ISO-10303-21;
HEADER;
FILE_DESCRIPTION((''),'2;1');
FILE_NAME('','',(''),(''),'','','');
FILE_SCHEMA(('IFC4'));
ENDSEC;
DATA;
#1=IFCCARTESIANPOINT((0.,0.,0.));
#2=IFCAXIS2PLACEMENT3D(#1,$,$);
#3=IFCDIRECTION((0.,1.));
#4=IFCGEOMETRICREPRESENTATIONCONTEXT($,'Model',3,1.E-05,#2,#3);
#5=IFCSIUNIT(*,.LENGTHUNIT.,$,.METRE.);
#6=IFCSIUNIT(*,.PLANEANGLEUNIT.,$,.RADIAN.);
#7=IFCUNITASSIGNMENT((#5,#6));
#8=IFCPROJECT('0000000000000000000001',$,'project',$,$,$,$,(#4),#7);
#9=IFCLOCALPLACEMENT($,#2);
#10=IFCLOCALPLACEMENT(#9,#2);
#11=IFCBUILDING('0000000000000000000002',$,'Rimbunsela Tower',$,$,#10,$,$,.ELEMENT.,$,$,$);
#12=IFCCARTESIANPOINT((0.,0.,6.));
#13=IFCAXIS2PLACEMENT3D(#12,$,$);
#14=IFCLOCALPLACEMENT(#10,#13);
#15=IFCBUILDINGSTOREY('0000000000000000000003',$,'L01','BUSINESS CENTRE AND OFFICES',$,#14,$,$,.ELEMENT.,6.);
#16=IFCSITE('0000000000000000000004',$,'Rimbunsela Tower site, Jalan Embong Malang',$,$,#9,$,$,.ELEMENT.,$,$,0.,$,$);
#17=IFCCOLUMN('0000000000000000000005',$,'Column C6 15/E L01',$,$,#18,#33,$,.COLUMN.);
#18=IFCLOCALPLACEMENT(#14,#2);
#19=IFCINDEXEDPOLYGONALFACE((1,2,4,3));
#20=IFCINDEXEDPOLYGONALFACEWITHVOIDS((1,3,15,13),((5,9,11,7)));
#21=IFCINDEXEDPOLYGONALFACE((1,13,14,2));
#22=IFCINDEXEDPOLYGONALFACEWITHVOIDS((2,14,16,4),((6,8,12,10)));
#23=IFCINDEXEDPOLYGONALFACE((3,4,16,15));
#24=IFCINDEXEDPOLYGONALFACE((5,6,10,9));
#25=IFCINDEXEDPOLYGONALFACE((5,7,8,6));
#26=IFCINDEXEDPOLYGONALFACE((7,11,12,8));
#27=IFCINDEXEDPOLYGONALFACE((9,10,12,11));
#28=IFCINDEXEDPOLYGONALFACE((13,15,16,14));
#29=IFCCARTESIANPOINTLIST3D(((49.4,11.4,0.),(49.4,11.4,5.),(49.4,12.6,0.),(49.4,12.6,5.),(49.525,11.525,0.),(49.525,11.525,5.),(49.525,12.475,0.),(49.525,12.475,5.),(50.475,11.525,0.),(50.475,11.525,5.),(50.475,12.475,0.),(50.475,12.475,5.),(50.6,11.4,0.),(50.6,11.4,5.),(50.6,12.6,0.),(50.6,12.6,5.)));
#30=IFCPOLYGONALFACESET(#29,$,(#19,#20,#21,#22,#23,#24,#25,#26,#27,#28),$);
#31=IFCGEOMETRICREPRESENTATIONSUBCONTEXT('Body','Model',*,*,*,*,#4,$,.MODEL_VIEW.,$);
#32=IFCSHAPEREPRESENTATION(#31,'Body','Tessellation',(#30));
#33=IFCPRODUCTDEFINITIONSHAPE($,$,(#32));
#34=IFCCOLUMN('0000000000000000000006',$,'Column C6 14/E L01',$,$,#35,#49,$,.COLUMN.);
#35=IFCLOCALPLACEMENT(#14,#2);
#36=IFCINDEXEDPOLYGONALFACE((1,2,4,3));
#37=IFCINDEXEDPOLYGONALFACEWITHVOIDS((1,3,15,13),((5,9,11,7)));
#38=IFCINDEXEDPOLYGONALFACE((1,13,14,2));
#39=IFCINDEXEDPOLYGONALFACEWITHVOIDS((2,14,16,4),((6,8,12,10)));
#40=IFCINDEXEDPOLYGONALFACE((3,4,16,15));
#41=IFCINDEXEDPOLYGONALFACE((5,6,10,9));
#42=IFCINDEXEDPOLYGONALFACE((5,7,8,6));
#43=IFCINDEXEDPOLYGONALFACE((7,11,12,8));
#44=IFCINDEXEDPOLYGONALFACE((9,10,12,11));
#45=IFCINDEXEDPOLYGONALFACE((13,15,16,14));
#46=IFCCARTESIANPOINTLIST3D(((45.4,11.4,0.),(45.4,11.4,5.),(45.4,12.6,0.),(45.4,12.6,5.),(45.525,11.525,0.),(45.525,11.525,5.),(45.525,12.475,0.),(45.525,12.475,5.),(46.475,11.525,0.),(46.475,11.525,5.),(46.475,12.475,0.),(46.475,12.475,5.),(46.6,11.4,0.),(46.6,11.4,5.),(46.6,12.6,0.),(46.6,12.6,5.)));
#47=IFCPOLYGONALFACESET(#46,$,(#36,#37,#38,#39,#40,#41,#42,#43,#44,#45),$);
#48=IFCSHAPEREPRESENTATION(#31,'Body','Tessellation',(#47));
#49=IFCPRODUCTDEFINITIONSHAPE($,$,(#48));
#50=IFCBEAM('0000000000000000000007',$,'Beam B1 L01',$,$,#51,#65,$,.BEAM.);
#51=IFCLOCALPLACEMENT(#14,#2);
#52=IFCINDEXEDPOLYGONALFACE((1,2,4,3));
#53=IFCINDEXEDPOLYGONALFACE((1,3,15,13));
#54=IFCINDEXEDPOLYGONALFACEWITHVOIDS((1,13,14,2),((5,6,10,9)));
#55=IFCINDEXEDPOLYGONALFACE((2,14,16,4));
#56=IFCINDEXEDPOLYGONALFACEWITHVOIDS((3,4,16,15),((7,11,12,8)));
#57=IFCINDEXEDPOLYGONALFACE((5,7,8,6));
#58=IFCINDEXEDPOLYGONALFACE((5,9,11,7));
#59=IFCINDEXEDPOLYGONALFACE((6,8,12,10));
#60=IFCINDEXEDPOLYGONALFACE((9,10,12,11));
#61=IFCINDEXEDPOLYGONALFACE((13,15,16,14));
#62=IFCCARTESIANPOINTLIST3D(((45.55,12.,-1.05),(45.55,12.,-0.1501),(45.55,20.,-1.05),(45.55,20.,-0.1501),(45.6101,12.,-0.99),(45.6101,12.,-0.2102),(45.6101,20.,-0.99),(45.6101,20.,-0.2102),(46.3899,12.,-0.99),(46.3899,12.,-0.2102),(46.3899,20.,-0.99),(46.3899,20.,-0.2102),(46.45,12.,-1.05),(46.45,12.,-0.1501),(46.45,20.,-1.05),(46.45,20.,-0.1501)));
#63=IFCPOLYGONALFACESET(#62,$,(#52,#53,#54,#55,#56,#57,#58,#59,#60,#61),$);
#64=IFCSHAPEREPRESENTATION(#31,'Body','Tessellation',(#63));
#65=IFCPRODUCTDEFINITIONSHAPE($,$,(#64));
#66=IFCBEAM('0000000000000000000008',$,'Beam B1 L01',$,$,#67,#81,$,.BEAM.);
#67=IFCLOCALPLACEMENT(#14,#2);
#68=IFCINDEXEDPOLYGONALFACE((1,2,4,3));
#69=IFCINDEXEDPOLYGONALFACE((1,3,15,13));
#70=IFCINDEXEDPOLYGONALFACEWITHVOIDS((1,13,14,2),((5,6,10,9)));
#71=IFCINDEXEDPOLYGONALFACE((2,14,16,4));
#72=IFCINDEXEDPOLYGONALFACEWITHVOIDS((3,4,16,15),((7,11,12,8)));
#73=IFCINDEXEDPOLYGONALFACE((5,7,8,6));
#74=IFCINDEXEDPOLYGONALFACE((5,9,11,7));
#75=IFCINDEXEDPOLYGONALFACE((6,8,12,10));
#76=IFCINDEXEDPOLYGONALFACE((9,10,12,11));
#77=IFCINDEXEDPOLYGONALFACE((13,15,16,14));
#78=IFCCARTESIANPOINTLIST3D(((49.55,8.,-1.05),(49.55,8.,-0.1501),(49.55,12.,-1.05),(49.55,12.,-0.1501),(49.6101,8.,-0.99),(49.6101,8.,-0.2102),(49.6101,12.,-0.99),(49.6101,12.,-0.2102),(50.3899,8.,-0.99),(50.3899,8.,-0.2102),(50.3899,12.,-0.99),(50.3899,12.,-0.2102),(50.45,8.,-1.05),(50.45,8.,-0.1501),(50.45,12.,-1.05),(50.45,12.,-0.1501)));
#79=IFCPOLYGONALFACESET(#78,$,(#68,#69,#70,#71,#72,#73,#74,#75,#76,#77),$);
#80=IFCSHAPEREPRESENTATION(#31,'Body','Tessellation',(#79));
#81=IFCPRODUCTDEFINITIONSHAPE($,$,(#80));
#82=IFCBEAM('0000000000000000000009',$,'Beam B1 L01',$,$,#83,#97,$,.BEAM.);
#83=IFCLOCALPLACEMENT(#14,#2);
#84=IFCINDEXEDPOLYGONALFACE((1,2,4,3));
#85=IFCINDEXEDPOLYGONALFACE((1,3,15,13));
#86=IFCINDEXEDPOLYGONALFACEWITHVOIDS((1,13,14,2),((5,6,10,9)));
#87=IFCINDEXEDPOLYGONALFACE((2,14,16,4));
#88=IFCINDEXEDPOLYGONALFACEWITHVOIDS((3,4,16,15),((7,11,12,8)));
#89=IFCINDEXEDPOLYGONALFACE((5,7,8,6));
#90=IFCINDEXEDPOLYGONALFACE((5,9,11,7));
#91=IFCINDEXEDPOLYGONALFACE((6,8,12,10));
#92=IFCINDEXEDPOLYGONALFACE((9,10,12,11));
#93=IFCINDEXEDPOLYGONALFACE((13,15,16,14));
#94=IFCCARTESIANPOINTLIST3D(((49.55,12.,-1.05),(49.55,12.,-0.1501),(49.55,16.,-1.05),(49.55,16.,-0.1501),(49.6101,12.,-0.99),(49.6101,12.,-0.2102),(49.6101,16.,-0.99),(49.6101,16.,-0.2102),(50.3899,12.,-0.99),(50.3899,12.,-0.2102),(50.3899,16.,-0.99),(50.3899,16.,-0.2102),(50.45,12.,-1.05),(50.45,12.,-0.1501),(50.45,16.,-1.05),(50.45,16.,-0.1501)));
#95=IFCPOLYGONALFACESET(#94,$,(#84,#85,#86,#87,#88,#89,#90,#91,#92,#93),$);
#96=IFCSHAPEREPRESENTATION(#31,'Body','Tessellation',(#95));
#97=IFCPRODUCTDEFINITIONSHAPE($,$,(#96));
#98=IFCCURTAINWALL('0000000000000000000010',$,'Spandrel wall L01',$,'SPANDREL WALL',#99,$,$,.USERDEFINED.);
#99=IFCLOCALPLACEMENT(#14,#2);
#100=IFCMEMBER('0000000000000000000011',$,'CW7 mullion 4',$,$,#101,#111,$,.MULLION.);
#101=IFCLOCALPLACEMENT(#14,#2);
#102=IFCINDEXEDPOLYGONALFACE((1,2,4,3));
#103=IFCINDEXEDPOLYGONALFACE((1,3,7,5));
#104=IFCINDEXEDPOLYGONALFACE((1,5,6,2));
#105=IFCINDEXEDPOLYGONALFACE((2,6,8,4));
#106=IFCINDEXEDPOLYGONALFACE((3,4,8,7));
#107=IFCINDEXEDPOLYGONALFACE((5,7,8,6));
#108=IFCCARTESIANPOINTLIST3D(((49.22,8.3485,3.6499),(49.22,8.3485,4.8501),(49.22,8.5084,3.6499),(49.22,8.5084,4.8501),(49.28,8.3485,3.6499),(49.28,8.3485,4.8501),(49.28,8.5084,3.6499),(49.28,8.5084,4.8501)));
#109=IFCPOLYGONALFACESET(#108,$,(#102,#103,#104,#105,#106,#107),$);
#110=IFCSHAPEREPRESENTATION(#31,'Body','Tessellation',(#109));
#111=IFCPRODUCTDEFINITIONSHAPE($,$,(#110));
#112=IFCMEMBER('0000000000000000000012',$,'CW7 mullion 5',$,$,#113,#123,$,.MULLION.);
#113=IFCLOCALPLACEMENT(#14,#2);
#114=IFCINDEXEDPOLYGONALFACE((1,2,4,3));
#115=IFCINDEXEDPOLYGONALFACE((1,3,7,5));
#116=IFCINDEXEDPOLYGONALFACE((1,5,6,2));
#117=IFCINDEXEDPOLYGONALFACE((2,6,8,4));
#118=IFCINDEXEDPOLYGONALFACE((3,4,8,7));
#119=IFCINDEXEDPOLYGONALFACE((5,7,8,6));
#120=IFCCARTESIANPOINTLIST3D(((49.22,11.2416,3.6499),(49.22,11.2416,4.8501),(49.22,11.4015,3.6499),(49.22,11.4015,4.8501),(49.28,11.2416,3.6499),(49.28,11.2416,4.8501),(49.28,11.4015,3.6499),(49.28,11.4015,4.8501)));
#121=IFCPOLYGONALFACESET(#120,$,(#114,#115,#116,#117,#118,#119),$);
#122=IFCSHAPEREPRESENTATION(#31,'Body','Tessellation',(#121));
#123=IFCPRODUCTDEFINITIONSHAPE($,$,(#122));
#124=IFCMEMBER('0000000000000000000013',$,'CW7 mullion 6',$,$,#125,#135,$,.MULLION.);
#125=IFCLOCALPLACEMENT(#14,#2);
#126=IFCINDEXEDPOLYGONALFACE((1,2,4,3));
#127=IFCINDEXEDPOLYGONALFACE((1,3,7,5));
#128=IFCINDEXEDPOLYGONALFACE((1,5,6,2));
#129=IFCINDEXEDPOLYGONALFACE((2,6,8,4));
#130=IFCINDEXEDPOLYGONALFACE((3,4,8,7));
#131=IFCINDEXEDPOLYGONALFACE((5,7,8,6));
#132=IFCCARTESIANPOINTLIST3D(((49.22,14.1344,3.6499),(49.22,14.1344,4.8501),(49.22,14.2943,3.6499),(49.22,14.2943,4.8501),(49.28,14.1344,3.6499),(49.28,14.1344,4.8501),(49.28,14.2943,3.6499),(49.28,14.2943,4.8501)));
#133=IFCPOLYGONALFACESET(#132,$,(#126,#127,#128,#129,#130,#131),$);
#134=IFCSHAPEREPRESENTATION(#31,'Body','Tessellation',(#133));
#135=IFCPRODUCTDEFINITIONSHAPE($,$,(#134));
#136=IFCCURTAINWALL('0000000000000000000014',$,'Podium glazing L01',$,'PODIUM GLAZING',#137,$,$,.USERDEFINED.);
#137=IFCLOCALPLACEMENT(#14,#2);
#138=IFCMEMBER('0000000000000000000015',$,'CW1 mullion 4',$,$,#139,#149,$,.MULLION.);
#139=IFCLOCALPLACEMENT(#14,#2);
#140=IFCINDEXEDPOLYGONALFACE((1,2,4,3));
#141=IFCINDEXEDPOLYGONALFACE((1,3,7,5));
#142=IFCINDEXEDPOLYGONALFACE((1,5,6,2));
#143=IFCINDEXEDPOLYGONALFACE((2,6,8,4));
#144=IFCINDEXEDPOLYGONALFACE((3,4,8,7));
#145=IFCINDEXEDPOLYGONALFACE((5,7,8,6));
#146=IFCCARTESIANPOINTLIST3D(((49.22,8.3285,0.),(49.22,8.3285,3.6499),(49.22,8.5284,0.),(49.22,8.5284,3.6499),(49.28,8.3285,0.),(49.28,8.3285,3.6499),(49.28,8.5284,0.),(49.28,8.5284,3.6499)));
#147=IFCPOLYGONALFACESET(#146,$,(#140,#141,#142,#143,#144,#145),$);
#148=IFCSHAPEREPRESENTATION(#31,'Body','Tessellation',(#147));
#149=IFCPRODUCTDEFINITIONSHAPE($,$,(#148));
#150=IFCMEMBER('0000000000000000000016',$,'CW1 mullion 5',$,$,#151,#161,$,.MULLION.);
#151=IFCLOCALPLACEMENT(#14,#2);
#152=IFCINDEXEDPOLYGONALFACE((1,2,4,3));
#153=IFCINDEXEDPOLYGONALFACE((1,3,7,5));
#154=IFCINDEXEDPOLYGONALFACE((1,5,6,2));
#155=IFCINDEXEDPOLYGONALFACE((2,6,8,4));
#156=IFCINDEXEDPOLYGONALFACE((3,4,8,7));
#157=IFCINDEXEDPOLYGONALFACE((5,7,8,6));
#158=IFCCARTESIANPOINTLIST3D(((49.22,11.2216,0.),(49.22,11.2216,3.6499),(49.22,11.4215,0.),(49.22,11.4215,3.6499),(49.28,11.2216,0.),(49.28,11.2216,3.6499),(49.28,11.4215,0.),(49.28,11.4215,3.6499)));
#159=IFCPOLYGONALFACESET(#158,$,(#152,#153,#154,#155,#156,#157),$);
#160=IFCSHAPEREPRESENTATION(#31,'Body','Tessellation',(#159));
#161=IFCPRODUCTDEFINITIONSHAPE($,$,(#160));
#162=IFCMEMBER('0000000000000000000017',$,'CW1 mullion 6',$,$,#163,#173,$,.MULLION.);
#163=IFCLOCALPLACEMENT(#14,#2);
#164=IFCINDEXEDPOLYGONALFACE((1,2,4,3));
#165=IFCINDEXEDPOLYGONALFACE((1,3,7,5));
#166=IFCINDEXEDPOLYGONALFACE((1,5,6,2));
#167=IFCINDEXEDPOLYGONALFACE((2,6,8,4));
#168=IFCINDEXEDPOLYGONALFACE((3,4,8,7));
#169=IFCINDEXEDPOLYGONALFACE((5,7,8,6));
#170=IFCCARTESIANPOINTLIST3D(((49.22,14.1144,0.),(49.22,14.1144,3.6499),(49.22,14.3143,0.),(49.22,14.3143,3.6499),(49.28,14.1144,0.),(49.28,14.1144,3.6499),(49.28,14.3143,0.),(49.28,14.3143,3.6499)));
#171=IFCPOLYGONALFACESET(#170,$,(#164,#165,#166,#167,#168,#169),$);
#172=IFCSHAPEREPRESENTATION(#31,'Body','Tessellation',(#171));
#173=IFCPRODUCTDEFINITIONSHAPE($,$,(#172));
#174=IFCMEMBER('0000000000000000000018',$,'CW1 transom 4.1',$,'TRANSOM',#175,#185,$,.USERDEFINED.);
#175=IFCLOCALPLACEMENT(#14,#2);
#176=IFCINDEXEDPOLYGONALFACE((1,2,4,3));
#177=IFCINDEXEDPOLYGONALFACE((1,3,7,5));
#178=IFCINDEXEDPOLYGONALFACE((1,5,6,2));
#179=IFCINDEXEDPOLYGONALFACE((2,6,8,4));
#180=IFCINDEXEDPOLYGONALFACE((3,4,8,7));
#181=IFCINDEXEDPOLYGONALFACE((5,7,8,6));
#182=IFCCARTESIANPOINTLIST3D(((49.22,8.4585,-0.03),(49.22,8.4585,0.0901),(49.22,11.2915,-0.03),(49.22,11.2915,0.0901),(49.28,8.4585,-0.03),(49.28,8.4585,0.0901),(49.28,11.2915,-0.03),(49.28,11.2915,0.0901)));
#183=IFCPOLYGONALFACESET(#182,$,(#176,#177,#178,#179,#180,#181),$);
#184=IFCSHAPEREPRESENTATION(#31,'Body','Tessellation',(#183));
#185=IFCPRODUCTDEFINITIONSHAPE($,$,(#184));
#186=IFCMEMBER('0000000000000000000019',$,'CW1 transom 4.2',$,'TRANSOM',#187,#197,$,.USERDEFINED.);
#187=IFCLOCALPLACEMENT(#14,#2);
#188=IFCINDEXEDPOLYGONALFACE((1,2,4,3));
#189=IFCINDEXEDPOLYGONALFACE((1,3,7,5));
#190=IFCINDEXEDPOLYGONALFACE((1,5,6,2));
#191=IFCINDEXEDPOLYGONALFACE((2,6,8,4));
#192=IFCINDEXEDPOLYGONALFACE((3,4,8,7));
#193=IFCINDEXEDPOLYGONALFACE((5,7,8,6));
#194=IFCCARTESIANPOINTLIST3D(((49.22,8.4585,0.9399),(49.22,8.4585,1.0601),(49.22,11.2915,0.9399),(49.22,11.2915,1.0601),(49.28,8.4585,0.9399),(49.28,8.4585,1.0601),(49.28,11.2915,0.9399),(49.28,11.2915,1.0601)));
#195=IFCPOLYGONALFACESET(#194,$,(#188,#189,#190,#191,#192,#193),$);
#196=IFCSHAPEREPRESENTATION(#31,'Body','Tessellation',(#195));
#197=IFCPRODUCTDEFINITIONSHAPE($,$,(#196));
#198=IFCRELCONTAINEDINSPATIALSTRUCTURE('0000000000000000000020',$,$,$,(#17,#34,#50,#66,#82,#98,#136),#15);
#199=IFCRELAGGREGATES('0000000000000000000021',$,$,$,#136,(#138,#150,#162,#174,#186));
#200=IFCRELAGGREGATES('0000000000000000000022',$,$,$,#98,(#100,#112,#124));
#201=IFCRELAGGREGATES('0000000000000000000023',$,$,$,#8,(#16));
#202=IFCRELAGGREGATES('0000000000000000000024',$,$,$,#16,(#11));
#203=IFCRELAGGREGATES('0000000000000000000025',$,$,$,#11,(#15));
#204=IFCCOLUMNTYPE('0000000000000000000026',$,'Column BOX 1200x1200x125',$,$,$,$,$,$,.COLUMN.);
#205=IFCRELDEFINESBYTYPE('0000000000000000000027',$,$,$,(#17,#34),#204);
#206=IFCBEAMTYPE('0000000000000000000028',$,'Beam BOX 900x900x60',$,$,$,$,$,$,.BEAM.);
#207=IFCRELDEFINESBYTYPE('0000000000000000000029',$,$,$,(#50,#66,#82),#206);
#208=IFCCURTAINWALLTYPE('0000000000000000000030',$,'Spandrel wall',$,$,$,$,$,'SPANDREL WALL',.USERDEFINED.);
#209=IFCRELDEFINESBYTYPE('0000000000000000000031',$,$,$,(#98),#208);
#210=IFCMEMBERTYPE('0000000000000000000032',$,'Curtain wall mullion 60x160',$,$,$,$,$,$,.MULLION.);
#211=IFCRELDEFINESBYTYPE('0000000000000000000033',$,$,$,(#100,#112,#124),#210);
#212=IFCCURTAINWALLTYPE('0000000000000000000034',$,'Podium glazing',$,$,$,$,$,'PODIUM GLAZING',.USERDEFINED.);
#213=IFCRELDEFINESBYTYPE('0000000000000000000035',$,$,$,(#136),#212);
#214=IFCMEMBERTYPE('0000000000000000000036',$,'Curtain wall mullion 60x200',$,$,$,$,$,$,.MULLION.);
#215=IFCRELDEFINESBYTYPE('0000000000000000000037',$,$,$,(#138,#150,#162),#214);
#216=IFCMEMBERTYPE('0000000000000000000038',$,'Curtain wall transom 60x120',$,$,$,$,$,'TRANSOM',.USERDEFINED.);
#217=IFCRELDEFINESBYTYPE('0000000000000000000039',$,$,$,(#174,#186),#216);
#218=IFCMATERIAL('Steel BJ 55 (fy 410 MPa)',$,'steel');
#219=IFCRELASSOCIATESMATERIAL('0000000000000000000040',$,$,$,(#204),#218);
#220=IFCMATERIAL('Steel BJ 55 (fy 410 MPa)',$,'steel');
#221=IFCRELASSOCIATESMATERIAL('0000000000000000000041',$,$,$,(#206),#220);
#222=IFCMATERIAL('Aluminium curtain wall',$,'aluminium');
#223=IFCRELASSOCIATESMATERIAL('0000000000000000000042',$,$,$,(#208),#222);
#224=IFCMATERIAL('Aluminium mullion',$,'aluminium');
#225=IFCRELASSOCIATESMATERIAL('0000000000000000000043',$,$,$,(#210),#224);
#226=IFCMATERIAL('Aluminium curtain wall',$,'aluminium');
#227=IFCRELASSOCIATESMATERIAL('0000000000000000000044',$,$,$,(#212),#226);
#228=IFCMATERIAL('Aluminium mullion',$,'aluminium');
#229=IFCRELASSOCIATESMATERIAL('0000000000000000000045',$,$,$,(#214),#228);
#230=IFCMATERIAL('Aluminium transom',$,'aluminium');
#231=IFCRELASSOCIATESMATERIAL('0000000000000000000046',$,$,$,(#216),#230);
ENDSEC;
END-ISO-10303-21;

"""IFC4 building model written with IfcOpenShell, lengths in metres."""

from ifc_helpers import new_model, si_unit, direction, frame, origin, origin_2d, place, context, subcontext, project, spatial, rectangle, hollow_rectangle, extrude, material, material_profile, profile_set, type_object, element, aggregate, save


model = new_model("IFC4")

# Units and contexts
model_context = context("Model", 3, precision=1e-05, world=origin(), true_north=direction((0.0, 1.0)))
body_context = subcontext(model_context, "Body", "Model", "MODEL_VIEW")
ifc_project = project(units=[si_unit("LENGTHUNIT", "METRE"), si_unit("PLANEANGLEUNIT", "RADIAN")], contexts=[model_context])

# Site, building, storey
site_placement = place(None, origin())
site = spatial("IfcSite", under=ifc_project, at=site_placement, Name="Rimbunsela Tower site, Jalan Embong Malang", CompositionType="ELEMENT", RefElevation=0.0)
building_placement = place(site_placement, origin())
building = spatial("IfcBuilding", under=site, at=building_placement, Name="Rimbunsela Tower", CompositionType="ELEMENT")
storey_placement = place(building_placement, frame((0.0, 0.0, 6.0)))
storey = spatial("IfcBuildingStorey", under=building, at=storey_placement, Name="L01", Description="BUSINESS CENTRE AND OFFICES", CompositionType="ELEMENT", Elevation=6.0)

# Columns
ifc_material_1 = material(Name="Steel BJ 55 (fy 410 MPa)", Category="steel")
ifc_material_profile_1 = material_profile(ifc_material_1, hollow_rectangle(XDim=1.2, YDim=1.2, WallThickness=0.125, at=origin_2d()), Name="BOX 1200x1200x125")
ifc_profile_set_1 = profile_set([ifc_material_profile_1], Name="Steel BJ 55 (fy 410 MPa)")
column_type = type_object("IfcColumnType", Name="Column BOX 1200x1200x125", PredefinedType="COLUMN", material=ifc_profile_set_1)
for number, where, z_axis, x_axis, name in (
    (1, (50.0, 12.0, 0.0), (0.0, 0.0, 1.0), (1.0, 0.0, 0.0), "Column C6 15/E L01"),
    (2, (46.0, 12.0, 0.0), (0.0, 0.0, 1.0), (1.0, 0.0, 0.0), "Column C6 14/E L01"),
):
    element("IfcColumn", number, at=place(storey_placement, frame(where, z_axis=z_axis, x_axis=x_axis)), inside=storey, type_object=column_type, Name=name, PredefinedType="COLUMN", context=body_context, shape_type="SweptSolid", body=[
        extrude(hollow_rectangle(XDim=1.2, YDim=1.2, WallThickness=0.125, at=origin_2d()), origin(), (0.0, 0.0, 1.0), 5.0),
    ])

# Beams
ifc_material_2 = material(Name="Steel BJ 55 (fy 410 MPa)", Category="steel")
ifc_material_profile_2 = material_profile(ifc_material_2, hollow_rectangle(XDim=0.8999, YDim=0.8999, WallThickness=0.0601, at=origin_2d()), Name="BOX 900x900x60")
ifc_profile_set_2 = profile_set([ifc_material_profile_2], Name="Steel BJ 55 (fy 410 MPa)")
beam_type = type_object("IfcBeamType", Name="Beam BOX 900x900x60", PredefinedType="BEAM", material=ifc_profile_set_2)
beam_placement = place(storey_placement, frame((46.0, 12.0, -0.6001), z_axis=(0.0, 1.0, 0.0), x_axis=(-1.0, 0.0, 0.0)))
element("IfcBeam", 3, at=beam_placement, inside=storey, type_object=beam_type, Name="Beam B1 L01", PredefinedType="BEAM", context=body_context, shape_type="SweptSolid", body=[
    extrude(hollow_rectangle(XDim=0.8999, YDim=0.8999, WallThickness=0.0601, at=origin_2d()), origin(), (0.0, 0.0, 1.0), 8.0),
])
for number, where, z_axis, x_axis, name in (
    (4, (50.0, 8.0, -0.6001), (0.0, 1.0, 0.0), (-1.0, 0.0, 0.0), "Beam B1 L01"),
    (5, (50.0, 12.0, -0.6001), (0.0, 1.0, 0.0), (-1.0, 0.0, 0.0), "Beam B1 L01"),
):
    element("IfcBeam", number, at=place(storey_placement, frame(where, z_axis=z_axis, x_axis=x_axis)), inside=storey, type_object=beam_type, Name=name, PredefinedType="BEAM", context=body_context, shape_type="SweptSolid", body=[
        extrude(hollow_rectangle(XDim=0.8999, YDim=0.8999, WallThickness=0.0601, at=origin_2d()), origin(), (0.0, 0.0, 1.0), 4.0),
    ])

# Curtain walls, members
ifc_material_3 = material(Name="Aluminium curtain wall", Category="aluminium")
curtain_wall_type_1 = type_object("IfcCurtainWallType", Name="Spandrel wall", ElementType="SPANDREL WALL", PredefinedType="USERDEFINED", material=ifc_material_3)
curtain_wall_1_placement = place(storey_placement, origin())
curtain_wall_1 = element("IfcCurtainWall", 6, at=curtain_wall_1_placement, inside=storey, type_object=curtain_wall_type_1, Name="Spandrel wall L01", ObjectType="SPANDREL WALL", PredefinedType="USERDEFINED")
ifc_material_4 = material(Name="Aluminium mullion", Category="aluminium")
ifc_material_profile_3 = material_profile(ifc_material_4, rectangle(XDim=0.0601, YDim=0.1599, at=origin_2d()), Name="Mullion 60x160")
ifc_profile_set_3 = profile_set([ifc_material_profile_3], Name="Aluminium mullion")
member_type_1 = type_object("IfcMemberType", Name="Curtain wall mullion 60x160", PredefinedType="MULLION", material=ifc_profile_set_3)
member_1_placement = place(storey_placement, frame((49.25, 8.4285, 3.6499), z_axis=(0.0, 0.0, 1.0), x_axis=(-1.0, 0.0, 0.0)))
member_1 = element("IfcMember", 7, at=member_1_placement, type_object=member_type_1, Name="CW7 mullion 4", PredefinedType="MULLION", context=body_context, shape_type="SweptSolid", body=[
    extrude(rectangle(XDim=0.0601, YDim=0.1599, at=origin_2d()), origin(), (0.0, 0.0, 1.0), 1.2002),
])
member_2_placement = place(storey_placement, frame((49.25, 11.3215, 3.6499), z_axis=(0.0, 0.0, 1.0), x_axis=(-1.0, 0.0, 0.0)))
member_2 = element("IfcMember", 8, at=member_2_placement, type_object=member_type_1, Name="CW7 mullion 5", PredefinedType="MULLION", context=body_context, shape_type="SweptSolid", body=[
    extrude(rectangle(XDim=0.0601, YDim=0.1599, at=origin_2d()), origin(), (0.0, 0.0, 1.0), 1.2002),
])
member_3_placement = place(storey_placement, frame((49.25, 14.2144, 3.6499), z_axis=(0.0, 0.0, 1.0), x_axis=(-1.0, 0.0, 0.0)))
member_3 = element("IfcMember", 9, at=member_3_placement, type_object=member_type_1, Name="CW7 mullion 6", PredefinedType="MULLION", context=body_context, shape_type="SweptSolid", body=[
    extrude(rectangle(XDim=0.0601, YDim=0.1599, at=origin_2d()), origin(), (0.0, 0.0, 1.0), 1.2002),
])
ifc_material_5 = material(Name="Aluminium curtain wall", Category="aluminium")
curtain_wall_type_2 = type_object("IfcCurtainWallType", Name="Podium glazing", ElementType="PODIUM GLAZING", PredefinedType="USERDEFINED", material=ifc_material_5)
curtain_wall_2_placement = place(storey_placement, origin())
curtain_wall_2 = element("IfcCurtainWall", 10, at=curtain_wall_2_placement, inside=storey, type_object=curtain_wall_type_2, Name="Podium glazing L01", ObjectType="PODIUM GLAZING", PredefinedType="USERDEFINED")
ifc_material_6 = material(Name="Aluminium mullion", Category="aluminium")
ifc_material_profile_4 = material_profile(ifc_material_6, rectangle(XDim=0.0601, YDim=0.2, at=origin_2d()), Name="Mullion 60x200")
ifc_profile_set_4 = profile_set([ifc_material_profile_4], Name="Aluminium mullion")
member_type_2 = type_object("IfcMemberType", Name="Curtain wall mullion 60x200", PredefinedType="MULLION", material=ifc_profile_set_4)
member_4_placement = place(storey_placement, frame((49.25, 8.4285, 0.0), z_axis=(0.0, 0.0, 1.0), x_axis=(-1.0, 0.0, 0.0)))
member_4 = element("IfcMember", 11, at=member_4_placement, type_object=member_type_2, Name="CW1 mullion 4", PredefinedType="MULLION", context=body_context, shape_type="SweptSolid", body=[
    extrude(rectangle(XDim=0.0601, YDim=0.2, at=origin_2d()), origin(), (0.0, 0.0, 1.0), 3.6499),
])
member_5_placement = place(storey_placement, frame((49.25, 11.3215, 0.0), z_axis=(0.0, 0.0, 1.0), x_axis=(-1.0, 0.0, 0.0)))
member_5 = element("IfcMember", 12, at=member_5_placement, type_object=member_type_2, Name="CW1 mullion 5", PredefinedType="MULLION", context=body_context, shape_type="SweptSolid", body=[
    extrude(rectangle(XDim=0.0601, YDim=0.2, at=origin_2d()), origin(), (0.0, 0.0, 1.0), 3.6499),
])
member_6_placement = place(storey_placement, frame((49.25, 14.2144, 0.0), z_axis=(0.0, 0.0, 1.0), x_axis=(-1.0, 0.0, 0.0)))
member_6 = element("IfcMember", 13, at=member_6_placement, type_object=member_type_2, Name="CW1 mullion 6", PredefinedType="MULLION", context=body_context, shape_type="SweptSolid", body=[
    extrude(rectangle(XDim=0.0601, YDim=0.2, at=origin_2d()), origin(), (0.0, 0.0, 1.0), 3.6499),
])
ifc_material_7 = material(Name="Aluminium transom", Category="aluminium")
ifc_material_profile_5 = material_profile(ifc_material_7, rectangle(XDim=0.0601, YDim=0.1201, at=origin_2d()), Name="Transom 60x120")
ifc_profile_set_5 = profile_set([ifc_material_profile_5], Name="Aluminium transom")
member_type_3 = type_object("IfcMemberType", Name="Curtain wall transom 60x120", ElementType="TRANSOM", PredefinedType="USERDEFINED", material=ifc_profile_set_5)
member_7_placement = place(storey_placement, frame((49.25, 8.4585, 0.03), z_axis=(0.0, 1.0, 0.0), x_axis=(-1.0, 0.0, 0.0)))
member_7 = element("IfcMember", 14, at=member_7_placement, type_object=member_type_3, Name="CW1 transom 4.1", ObjectType="TRANSOM", PredefinedType="USERDEFINED", context=body_context, shape_type="SweptSolid", body=[
    extrude(rectangle(XDim=0.0601, YDim=0.1201, at=origin_2d()), origin(), (0.0, 0.0, 1.0), 2.833),
])
member_8_placement = place(storey_placement, frame((49.25, 8.4585, 1.0), z_axis=(0.0, 1.0, 0.0), x_axis=(-1.0, 0.0, 0.0)))
member_8 = element("IfcMember", 15, at=member_8_placement, type_object=member_type_3, Name="CW1 transom 4.2", ObjectType="TRANSOM", PredefinedType="USERDEFINED", context=body_context, shape_type="SweptSolid", body=[
    extrude(rectangle(XDim=0.0601, YDim=0.1201, at=origin_2d()), origin(), (0.0, 0.0, 1.0), 2.833),
])

aggregate(curtain_wall_2, [member_4, member_5, member_6, member_7, member_8])
aggregate(curtain_wall_1, [member_1, member_2, member_3])

save(model, "model.ifc")
